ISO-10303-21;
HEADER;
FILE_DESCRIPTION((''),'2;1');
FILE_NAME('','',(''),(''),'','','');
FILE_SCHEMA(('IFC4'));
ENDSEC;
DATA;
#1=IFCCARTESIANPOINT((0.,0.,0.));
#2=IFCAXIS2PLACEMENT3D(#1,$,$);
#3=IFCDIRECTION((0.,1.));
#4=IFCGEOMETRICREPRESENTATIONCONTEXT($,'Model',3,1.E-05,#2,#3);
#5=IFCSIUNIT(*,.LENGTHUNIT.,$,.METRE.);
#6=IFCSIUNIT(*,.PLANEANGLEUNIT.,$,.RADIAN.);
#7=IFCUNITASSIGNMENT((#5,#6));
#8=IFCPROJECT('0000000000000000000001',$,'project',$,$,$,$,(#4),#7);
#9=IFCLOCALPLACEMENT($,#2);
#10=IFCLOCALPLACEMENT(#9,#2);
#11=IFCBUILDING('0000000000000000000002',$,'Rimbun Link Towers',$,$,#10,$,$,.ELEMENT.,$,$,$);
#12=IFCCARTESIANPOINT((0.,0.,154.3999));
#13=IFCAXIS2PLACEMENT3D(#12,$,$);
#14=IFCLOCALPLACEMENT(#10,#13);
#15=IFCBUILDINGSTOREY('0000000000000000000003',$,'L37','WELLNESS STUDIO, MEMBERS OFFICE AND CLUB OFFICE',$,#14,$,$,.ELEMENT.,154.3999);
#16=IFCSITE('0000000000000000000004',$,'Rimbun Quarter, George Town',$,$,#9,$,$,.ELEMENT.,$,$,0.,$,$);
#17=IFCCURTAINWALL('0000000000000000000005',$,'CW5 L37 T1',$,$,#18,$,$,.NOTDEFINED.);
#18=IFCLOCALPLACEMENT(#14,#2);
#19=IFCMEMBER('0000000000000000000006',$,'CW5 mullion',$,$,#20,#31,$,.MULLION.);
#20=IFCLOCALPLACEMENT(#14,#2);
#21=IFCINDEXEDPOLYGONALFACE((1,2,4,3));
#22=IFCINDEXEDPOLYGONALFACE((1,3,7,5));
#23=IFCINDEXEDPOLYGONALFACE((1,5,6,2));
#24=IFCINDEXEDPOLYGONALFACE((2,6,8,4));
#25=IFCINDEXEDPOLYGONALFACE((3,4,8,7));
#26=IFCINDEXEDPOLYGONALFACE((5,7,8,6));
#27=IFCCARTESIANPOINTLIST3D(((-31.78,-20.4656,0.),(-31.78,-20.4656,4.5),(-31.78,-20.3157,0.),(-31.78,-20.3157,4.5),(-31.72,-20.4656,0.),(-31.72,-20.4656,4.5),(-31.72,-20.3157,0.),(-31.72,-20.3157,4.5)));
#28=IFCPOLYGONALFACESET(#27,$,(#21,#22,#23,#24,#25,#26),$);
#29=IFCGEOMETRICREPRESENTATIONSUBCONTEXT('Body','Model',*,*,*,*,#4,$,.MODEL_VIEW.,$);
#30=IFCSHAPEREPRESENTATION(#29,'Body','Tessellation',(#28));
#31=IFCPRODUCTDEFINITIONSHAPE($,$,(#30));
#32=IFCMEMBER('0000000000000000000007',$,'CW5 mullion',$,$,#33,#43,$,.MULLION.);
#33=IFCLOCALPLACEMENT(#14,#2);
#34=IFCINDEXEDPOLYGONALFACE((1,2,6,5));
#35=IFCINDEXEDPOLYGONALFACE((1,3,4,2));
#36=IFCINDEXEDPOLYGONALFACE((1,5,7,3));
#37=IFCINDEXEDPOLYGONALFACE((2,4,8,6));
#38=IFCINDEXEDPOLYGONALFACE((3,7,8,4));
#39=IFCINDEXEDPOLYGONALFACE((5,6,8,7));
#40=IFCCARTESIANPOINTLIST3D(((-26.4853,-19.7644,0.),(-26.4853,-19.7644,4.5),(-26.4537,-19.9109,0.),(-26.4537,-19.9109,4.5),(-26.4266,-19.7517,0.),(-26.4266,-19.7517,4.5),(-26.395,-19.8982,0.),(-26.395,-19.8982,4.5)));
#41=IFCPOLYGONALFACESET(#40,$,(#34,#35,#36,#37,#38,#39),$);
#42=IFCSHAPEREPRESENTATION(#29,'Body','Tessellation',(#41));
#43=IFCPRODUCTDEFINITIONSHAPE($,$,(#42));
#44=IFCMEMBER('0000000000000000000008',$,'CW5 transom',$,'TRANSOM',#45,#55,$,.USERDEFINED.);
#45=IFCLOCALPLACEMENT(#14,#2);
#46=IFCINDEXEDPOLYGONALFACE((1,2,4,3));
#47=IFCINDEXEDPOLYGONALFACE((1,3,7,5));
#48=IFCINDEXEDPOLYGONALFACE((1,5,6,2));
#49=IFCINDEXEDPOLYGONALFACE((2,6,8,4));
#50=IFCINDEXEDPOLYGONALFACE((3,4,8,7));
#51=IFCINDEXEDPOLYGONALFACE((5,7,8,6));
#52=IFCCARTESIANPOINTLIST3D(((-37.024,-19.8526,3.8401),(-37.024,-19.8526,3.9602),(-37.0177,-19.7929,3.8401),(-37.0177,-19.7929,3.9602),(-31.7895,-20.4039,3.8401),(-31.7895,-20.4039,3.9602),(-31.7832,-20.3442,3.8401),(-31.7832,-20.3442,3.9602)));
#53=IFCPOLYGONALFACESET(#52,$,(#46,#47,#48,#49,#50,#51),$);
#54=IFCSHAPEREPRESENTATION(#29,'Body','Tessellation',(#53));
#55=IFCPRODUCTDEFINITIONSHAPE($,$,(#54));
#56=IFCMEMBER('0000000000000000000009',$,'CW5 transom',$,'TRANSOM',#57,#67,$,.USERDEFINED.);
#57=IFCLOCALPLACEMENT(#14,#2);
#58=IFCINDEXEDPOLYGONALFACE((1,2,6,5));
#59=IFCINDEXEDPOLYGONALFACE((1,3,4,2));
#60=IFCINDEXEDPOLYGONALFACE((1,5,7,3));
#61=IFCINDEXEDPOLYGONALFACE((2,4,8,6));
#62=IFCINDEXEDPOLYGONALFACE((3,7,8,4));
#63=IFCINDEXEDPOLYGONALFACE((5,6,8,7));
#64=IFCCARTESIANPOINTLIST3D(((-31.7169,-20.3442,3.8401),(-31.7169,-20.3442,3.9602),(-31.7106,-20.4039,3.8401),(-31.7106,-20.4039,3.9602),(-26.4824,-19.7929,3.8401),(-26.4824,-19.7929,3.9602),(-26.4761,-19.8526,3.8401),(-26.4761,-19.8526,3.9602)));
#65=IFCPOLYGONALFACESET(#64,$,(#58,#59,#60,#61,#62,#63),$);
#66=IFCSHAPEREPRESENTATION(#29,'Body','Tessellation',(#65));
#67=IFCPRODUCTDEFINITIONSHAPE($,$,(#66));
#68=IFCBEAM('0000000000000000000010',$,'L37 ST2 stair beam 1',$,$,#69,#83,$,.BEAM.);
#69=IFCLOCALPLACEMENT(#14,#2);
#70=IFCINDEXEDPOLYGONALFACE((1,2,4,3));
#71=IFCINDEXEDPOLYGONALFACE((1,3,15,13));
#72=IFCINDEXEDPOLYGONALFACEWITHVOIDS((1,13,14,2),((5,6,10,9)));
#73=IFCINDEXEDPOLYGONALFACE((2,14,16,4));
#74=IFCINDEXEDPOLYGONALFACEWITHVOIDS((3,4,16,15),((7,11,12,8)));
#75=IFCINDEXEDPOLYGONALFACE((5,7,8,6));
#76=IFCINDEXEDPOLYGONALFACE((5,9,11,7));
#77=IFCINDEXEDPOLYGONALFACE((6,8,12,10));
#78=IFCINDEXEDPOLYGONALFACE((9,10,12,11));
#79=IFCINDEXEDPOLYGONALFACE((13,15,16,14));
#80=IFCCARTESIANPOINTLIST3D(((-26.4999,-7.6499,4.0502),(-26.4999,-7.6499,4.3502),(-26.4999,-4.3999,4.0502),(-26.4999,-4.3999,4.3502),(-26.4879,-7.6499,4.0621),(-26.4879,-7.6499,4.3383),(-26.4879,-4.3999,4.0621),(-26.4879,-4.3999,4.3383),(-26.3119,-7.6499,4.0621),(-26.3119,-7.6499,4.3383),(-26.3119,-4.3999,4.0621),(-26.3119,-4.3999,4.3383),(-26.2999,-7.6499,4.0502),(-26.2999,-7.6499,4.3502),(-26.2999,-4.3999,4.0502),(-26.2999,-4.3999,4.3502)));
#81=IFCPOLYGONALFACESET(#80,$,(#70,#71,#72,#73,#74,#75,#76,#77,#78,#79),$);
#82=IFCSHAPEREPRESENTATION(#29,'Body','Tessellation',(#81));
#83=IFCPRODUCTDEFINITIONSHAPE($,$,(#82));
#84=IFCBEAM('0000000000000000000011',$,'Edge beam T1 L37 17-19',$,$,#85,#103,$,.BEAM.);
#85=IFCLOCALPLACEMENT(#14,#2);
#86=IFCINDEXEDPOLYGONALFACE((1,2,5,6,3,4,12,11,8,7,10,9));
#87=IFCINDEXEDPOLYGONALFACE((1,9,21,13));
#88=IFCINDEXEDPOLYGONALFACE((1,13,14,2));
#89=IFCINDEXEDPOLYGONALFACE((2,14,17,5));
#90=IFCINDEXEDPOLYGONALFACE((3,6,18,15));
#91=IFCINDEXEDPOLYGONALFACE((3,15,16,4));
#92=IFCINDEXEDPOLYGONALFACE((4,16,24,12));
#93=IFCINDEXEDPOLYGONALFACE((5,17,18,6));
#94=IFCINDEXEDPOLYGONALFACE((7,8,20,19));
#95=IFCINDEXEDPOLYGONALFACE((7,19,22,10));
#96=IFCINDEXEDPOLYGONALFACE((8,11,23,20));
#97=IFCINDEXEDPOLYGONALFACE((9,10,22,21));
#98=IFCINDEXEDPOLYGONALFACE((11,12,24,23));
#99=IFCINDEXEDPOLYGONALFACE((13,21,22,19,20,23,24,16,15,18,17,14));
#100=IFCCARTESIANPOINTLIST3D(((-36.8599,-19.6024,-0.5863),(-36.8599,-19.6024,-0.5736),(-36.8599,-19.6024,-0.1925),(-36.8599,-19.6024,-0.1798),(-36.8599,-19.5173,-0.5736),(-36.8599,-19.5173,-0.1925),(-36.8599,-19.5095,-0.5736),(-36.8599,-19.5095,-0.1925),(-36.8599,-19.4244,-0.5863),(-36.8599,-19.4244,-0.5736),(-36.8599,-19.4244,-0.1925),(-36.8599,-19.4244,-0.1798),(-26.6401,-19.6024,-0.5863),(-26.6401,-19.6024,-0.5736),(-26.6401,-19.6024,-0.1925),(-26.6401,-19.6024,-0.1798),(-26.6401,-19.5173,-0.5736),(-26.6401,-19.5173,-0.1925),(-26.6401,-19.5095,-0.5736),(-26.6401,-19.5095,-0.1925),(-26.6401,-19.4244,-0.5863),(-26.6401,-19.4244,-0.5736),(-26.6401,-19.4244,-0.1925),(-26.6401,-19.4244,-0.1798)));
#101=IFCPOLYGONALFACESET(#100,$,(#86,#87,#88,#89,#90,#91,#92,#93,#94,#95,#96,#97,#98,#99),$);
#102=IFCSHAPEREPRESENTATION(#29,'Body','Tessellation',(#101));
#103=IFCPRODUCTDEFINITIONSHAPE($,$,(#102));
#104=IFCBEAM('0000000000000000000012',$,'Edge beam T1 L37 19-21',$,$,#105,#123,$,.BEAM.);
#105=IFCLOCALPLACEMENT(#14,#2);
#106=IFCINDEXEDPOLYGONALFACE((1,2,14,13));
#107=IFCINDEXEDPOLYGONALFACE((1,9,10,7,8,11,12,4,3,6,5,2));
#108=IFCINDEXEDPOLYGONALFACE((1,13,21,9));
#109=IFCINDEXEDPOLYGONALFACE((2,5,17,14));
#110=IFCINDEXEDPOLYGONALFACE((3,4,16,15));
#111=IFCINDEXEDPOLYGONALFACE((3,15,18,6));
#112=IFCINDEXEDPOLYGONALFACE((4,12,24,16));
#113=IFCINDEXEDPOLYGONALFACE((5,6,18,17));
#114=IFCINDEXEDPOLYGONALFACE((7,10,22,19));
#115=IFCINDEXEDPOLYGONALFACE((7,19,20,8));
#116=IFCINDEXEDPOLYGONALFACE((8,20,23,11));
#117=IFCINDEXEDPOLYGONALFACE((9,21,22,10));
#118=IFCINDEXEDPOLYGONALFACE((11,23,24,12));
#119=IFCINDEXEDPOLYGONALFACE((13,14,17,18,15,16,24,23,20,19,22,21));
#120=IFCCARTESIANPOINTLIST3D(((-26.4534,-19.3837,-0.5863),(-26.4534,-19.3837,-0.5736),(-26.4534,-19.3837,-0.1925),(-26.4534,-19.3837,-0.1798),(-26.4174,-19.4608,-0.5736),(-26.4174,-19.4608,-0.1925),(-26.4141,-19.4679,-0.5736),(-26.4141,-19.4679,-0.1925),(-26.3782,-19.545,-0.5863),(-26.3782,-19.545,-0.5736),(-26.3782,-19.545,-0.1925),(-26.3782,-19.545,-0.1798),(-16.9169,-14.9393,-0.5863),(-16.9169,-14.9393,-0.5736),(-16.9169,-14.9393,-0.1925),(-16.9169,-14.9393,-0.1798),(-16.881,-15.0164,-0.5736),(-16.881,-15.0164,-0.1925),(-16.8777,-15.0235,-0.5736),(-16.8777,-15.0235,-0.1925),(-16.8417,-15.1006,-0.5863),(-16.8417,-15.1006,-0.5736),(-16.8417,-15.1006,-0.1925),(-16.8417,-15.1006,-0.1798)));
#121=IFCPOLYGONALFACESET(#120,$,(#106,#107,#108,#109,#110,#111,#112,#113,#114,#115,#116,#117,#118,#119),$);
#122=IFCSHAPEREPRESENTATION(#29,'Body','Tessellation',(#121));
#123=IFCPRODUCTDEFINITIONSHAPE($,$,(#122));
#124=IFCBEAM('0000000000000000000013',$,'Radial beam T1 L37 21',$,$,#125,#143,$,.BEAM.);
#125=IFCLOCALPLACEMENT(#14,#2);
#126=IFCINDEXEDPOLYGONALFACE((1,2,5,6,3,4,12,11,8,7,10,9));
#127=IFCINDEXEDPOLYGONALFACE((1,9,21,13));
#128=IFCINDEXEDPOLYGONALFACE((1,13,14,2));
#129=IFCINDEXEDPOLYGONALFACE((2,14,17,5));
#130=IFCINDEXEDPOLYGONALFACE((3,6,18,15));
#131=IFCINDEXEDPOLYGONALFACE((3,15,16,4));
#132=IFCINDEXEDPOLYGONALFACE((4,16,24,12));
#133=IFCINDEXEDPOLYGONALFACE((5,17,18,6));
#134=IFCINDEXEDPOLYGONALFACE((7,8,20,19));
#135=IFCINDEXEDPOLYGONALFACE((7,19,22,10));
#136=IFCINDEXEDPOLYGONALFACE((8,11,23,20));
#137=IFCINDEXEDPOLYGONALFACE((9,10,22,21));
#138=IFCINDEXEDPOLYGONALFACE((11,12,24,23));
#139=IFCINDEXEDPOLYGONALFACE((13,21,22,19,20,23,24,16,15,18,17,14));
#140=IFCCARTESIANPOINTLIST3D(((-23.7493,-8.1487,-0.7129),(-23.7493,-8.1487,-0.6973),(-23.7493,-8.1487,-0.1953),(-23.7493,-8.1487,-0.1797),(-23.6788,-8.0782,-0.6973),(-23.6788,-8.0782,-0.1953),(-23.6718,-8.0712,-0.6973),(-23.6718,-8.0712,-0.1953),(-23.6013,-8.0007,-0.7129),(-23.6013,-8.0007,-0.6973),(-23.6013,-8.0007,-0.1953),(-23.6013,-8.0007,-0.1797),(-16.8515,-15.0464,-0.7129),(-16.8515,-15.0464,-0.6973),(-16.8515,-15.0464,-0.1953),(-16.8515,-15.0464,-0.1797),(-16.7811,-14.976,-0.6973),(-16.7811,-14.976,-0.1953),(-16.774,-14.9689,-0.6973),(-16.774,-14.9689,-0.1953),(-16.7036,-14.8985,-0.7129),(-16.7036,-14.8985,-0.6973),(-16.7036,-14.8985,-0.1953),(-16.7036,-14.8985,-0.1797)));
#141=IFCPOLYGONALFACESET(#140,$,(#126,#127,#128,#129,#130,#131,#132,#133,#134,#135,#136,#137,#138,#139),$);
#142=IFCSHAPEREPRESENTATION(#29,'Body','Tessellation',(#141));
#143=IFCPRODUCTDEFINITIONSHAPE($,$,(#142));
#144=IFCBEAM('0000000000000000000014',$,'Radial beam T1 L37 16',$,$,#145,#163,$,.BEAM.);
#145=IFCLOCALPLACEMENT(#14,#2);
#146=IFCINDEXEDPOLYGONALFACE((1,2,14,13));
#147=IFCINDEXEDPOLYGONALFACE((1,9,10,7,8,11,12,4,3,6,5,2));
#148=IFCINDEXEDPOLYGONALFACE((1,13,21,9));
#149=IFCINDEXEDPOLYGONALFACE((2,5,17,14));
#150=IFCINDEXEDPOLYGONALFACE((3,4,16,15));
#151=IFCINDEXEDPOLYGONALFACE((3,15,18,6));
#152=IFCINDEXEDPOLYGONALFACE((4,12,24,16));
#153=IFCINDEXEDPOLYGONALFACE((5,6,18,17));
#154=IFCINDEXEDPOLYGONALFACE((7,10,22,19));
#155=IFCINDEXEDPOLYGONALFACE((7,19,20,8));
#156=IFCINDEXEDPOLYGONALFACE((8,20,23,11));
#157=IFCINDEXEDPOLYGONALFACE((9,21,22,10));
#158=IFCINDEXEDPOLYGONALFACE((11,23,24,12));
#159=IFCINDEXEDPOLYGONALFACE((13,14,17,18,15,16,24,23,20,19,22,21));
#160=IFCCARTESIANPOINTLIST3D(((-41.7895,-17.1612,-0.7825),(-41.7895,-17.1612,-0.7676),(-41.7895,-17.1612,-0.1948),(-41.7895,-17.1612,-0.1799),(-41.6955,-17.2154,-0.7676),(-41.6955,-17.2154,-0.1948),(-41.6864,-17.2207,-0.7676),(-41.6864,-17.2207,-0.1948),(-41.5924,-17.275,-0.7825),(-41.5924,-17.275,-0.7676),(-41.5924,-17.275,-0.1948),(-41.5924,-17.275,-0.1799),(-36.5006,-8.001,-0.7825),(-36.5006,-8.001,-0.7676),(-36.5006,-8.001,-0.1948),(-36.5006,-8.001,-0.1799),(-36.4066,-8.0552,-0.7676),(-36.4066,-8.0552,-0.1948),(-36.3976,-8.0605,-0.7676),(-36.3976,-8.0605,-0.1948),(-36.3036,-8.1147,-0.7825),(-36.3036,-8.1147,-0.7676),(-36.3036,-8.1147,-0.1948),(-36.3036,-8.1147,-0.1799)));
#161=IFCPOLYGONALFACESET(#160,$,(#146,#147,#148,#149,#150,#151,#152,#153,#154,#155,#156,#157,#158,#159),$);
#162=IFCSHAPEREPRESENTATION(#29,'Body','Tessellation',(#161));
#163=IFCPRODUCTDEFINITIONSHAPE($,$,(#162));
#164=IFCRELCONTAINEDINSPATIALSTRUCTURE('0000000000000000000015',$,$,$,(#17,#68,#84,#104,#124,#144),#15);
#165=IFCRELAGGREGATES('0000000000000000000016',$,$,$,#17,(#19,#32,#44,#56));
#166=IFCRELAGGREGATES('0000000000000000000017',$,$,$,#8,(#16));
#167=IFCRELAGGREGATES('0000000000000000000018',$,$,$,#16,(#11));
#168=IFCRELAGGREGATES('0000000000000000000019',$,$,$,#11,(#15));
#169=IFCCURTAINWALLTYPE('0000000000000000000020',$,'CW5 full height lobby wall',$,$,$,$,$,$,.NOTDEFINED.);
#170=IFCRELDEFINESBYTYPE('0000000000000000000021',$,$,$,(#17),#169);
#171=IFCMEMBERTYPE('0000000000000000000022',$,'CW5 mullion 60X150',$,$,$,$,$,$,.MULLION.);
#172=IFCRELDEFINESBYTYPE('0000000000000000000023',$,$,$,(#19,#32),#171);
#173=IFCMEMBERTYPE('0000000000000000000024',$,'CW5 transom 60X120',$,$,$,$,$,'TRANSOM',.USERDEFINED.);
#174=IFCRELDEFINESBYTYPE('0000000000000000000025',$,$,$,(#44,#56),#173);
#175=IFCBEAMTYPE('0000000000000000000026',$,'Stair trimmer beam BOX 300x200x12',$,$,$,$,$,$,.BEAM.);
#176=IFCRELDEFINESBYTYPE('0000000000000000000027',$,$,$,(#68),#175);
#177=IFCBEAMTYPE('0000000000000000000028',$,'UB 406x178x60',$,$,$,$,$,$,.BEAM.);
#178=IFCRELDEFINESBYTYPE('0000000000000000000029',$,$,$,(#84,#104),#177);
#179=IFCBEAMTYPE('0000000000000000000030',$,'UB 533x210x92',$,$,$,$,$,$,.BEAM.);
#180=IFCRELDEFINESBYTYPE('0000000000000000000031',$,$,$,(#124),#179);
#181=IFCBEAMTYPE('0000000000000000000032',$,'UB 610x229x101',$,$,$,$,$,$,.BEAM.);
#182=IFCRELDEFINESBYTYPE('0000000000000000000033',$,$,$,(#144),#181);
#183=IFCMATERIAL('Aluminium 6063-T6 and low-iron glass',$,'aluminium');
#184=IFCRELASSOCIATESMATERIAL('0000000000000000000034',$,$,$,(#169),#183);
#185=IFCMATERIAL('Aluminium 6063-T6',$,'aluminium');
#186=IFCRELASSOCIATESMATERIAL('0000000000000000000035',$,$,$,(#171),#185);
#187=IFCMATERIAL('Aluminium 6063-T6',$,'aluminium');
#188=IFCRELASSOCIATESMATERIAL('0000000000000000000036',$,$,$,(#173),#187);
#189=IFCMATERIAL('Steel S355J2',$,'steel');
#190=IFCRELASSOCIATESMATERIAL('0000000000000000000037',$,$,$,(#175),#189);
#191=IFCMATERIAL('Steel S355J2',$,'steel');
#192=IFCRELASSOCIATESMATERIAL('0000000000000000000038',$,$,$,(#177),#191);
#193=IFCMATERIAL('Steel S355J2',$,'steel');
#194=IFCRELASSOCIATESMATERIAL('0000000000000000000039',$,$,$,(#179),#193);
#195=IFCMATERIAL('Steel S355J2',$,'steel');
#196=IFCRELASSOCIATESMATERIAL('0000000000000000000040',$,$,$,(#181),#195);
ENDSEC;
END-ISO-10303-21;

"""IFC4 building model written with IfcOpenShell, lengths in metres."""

from ifc_helpers import new_model, si_unit, direction, frame, origin, origin_2d, place, context, subcontext, project, spatial, rectangle, hollow_rectangle, i_section, extrude, material, material_profile, profile_set, type_object, element, aggregate, save


model = new_model("IFC4")

# Units and contexts
model_context = context("Model", 3, precision=1e-05, world=origin(), true_north=direction((0.0, 1.0)))
body_context = subcontext(model_context, "Body", "Model", "MODEL_VIEW")
ifc_project = project(units=[si_unit("LENGTHUNIT", "METRE"), si_unit("PLANEANGLEUNIT", "RADIAN")], contexts=[model_context])

# Site, building, storey
site_placement = place(None, origin())
site = spatial("IfcSite", under=ifc_project, at=site_placement, Name="Rimbun Quarter, George Town", CompositionType="ELEMENT", RefElevation=0.0)
building_placement = place(site_placement, origin())
building = spatial("IfcBuilding", under=site, at=building_placement, Name="Rimbun Link Towers", CompositionType="ELEMENT")
storey_placement = place(building_placement, frame((0.0, 0.0, 154.3999)))
storey = spatial("IfcBuildingStorey", under=building, at=storey_placement, Name="L37", Description="WELLNESS STUDIO, MEMBERS OFFICE AND CLUB OFFICE", CompositionType="ELEMENT", Elevation=154.3999)

# Curtain wall, members
ifc_material_1 = material(Name="Aluminium 6063-T6 and low-iron glass", Category="aluminium")
curtain_wall_type = type_object("IfcCurtainWallType", Name="CW5 full height lobby wall", PredefinedType="NOTDEFINED", material=ifc_material_1)
curtain_wall_placement = place(storey_placement, origin())
curtain_wall = element("IfcCurtainWall", 1, at=curtain_wall_placement, inside=storey, type_object=curtain_wall_type, Name="CW5 L37 T1", PredefinedType="NOTDEFINED")
ifc_material_2 = material(Name="Aluminium 6063-T6", Category="aluminium")
ifc_material_profile_1 = material_profile(ifc_material_2, rectangle(XDim=0.1499, YDim=0.0601, at=origin_2d()), Name="MULLION 60X150")
ifc_profile_set_1 = profile_set([ifc_material_profile_1], Name="Aluminium 6063-T6")
member_type_1 = type_object("IfcMemberType", Name="CW5 mullion 60X150", PredefinedType="MULLION", material=ifc_profile_set_1)
member_1_placement = place(storey_placement, frame((-31.75, -20.3906, 0.0), z_axis=(0.0, 0.0, 1.0), x_axis=(0.0, -1.0, 0.0)))
member_1 = element("IfcMember", 2, at=member_1_placement, type_object=member_type_1, Name="CW5 mullion", PredefinedType="MULLION", context=body_context, shape_type="SweptSolid", body=[
    extrude(rectangle(XDim=0.1499, YDim=0.0601, at=origin_2d()), origin(), (0.0, 0.0, 1.0), 4.5),
])
member_2_placement = place(storey_placement, frame((-26.4402, -19.8313, 0.0), z_axis=(0.0, 0.0, 1.0), x_axis=(0.210875, -0.977513, 0.0)))
member_2 = element("IfcMember", 3, at=member_2_placement, type_object=member_type_1, Name="CW5 mullion", PredefinedType="MULLION", context=body_context, shape_type="SweptSolid", body=[
    extrude(rectangle(XDim=0.1499, YDim=0.0601, at=origin_2d()), origin(), (0.0, 0.0, 1.0), 4.5),
])
ifc_material_3 = material(Name="Aluminium 6063-T6", Category="aluminium")
ifc_material_profile_2 = material_profile(ifc_material_3, rectangle(XDim=0.0601, YDim=0.1201, at=origin_2d()), Name="TRANSOM 60X120")
ifc_profile_set_2 = profile_set([ifc_material_profile_2], Name="Aluminium 6063-T6")
member_type_2 = type_object("IfcMemberType", Name="CW5 transom 60X120", ElementType="TRANSOM", PredefinedType="USERDEFINED", material=ifc_profile_set_2)
member_3_placement = place(storey_placement, frame((-31.7864, -20.374, 3.9001), z_axis=(-0.9945, 0.104738, 0.0), x_axis=(-0.104738, -0.9945, 0.0)))
member_3 = element("IfcMember", 4, at=member_3_placement, type_object=member_type_2, Name="CW5 transom", ObjectType="TRANSOM", PredefinedType="USERDEFINED", context=body_context, shape_type="SweptSolid", body=[
    extrude(rectangle(XDim=0.0601, YDim=0.1201, at=origin_2d()), origin(), (0.0, 0.0, 1.0), 5.2634),
])
member_4_placement = place(storey_placement, frame((-26.4792, -19.8228, 3.9001), z_axis=(-0.9945, -0.104738, 0.0), x_axis=(0.104738, -0.9945, 0.0)))
member_4 = element("IfcMember", 5, at=member_4_placement, type_object=member_type_2, Name="CW5 transom", ObjectType="TRANSOM", PredefinedType="USERDEFINED", context=body_context, shape_type="SweptSolid", body=[
    extrude(rectangle(XDim=0.0601, YDim=0.1201, at=origin_2d()), origin(), (0.0, 0.0, 1.0), 5.2634),
])

# Beams
ifc_material_4 = material(Name="Steel S355J2", Category="steel")
ifc_material_profile_3 = material_profile(ifc_material_4, hollow_rectangle(XDim=0.2, YDim=0.3, WallThickness=0.012, at=origin_2d()), Name="BOX 300x200x12")
ifc_profile_set_3 = profile_set([ifc_material_profile_3], Name="Steel S355J2")
beam_type_1 = type_object("IfcBeamType", Name="Stair trimmer beam BOX 300x200x12", PredefinedType="BEAM", material=ifc_profile_set_3)
beam_1_placement = place(storey_placement, frame((-26.3999, -7.6499, 4.2002), z_axis=(0.0, 1.0, 0.0), x_axis=(-1.0, 0.0, 0.0)))
element("IfcBeam", 6, at=beam_1_placement, inside=storey, type_object=beam_type_1, Name="L37 ST2 stair beam 1", PredefinedType="BEAM", context=body_context, shape_type="SweptSolid", body=[
    extrude(hollow_rectangle(XDim=0.2, YDim=0.3, WallThickness=0.012, at=origin_2d()), origin(), (0.0, 0.0, 1.0), 3.25),
])
ifc_material_5 = material(Name="Steel S355J2", Category="steel")
ifc_material_profile_4 = material_profile(ifc_material_5, i_section(OverallWidth=0.178, OverallDepth=0.4065, WebThickness=0.0078, FlangeThickness=0.0127, at=origin_2d()), Name="UB 406x178x60")
ifc_profile_set_4 = profile_set([ifc_material_profile_4], Name="Steel S355J2")
beam_type_2 = type_object("IfcBeamType", Name="UB 406x178x60", PredefinedType="BEAM", material=ifc_profile_set_4)
beam_2_placement = place(storey_placement, frame((-36.8599, -19.5134, -0.3831), z_axis=(1.0, 0.0, 0.0), x_axis=(0.0, 1.0, 0.0)))
element("IfcBeam", 7, at=beam_2_placement, inside=storey, type_object=beam_type_2, Name="Edge beam T1 L37 17-19", PredefinedType="BEAM", context=body_context, shape_type="SweptSolid", body=[
    extrude(i_section(OverallWidth=0.178, OverallDepth=0.4065, WebThickness=0.0078, FlangeThickness=0.0127, at=origin_2d()), origin(), (0.0, 0.0, 1.0), 10.2197),
])
beam_3_placement = place(storey_placement, frame((-26.4158, -19.4644, -0.3831), z_axis=(0.906401, 0.422419, 0.0), x_axis=(-0.422419, 0.906401, 0.0)))
element("IfcBeam", 8, at=beam_3_placement, inside=storey, type_object=beam_type_2, Name="Edge beam T1 L37 19-21", PredefinedType="BEAM", context=body_context, shape_type="SweptSolid", body=[
    extrude(i_section(OverallWidth=0.178, OverallDepth=0.4065, WebThickness=0.0078, FlangeThickness=0.0127, at=origin_2d()), origin(), (0.0, 0.0, 1.0), 10.5212),
])
ifc_material_6 = material(Name="Steel S355J2", Category="steel")
ifc_material_profile_5 = material_profile(ifc_material_6, i_section(OverallWidth=0.2092, OverallDepth=0.5332, WebThickness=0.01, FlangeThickness=0.0156, at=origin_2d()), Name="UB 533x210x92")
ifc_profile_set_5 = profile_set([ifc_material_profile_5], Name="Steel S355J2")
beam_type_3 = type_object("IfcBeamType", Name="UB 533x210x92", PredefinedType="BEAM", material=ifc_profile_set_5)
beam_4_placement = place(storey_placement, frame((-23.6753, -8.0747, -0.4463), z_axis=(0.707107, -0.707107, 0.0), x_axis=(0.707107, 0.707107, 0.0)))
element("IfcBeam", 9, at=beam_4_placement, inside=storey, type_object=beam_type_3, Name="Radial beam T1 L37 21", PredefinedType="BEAM", context=body_context, shape_type="SweptSolid", body=[
    extrude(i_section(OverallWidth=0.2092, OverallDepth=0.5332, WebThickness=0.01, FlangeThickness=0.0156, at=origin_2d()), origin(), (0.0, 0.0, 1.0), 9.7549),
])
ifc_material_7 = material(Name="Steel S355J2", Category="steel")
ifc_material_profile_6 = material_profile(ifc_material_7, i_section(OverallWidth=0.2275, OverallDepth=0.6025, WebThickness=0.0105, FlangeThickness=0.0149, at=origin_2d()), Name="UB 610x229x101")
ifc_profile_set_6 = profile_set([ifc_material_profile_6], Name="Steel S355J2")
beam_type_4 = type_object("IfcBeamType", Name="UB 610x229x101", PredefinedType="BEAM", material=ifc_profile_set_6)
beam_5_placement = place(storey_placement, frame((-36.4021, -8.0579, -0.4812), z_axis=(-0.500014, -0.866017, 0.0), x_axis=(0.866017, -0.500014, 0.0)))
element("IfcBeam", 10, at=beam_5_placement, inside=storey, type_object=beam_type_4, Name="Radial beam T1 L37 16", PredefinedType="BEAM", context=body_context, shape_type="SweptSolid", body=[
    extrude(i_section(OverallWidth=0.2275, OverallDepth=0.6025, WebThickness=0.0105, FlangeThickness=0.0149, at=origin_2d()), origin(), (0.0, 0.0, 1.0), 10.5774),
])

aggregate(curtain_wall, [member_1, member_2, member_3, member_4])

save(model, "model.ifc")
